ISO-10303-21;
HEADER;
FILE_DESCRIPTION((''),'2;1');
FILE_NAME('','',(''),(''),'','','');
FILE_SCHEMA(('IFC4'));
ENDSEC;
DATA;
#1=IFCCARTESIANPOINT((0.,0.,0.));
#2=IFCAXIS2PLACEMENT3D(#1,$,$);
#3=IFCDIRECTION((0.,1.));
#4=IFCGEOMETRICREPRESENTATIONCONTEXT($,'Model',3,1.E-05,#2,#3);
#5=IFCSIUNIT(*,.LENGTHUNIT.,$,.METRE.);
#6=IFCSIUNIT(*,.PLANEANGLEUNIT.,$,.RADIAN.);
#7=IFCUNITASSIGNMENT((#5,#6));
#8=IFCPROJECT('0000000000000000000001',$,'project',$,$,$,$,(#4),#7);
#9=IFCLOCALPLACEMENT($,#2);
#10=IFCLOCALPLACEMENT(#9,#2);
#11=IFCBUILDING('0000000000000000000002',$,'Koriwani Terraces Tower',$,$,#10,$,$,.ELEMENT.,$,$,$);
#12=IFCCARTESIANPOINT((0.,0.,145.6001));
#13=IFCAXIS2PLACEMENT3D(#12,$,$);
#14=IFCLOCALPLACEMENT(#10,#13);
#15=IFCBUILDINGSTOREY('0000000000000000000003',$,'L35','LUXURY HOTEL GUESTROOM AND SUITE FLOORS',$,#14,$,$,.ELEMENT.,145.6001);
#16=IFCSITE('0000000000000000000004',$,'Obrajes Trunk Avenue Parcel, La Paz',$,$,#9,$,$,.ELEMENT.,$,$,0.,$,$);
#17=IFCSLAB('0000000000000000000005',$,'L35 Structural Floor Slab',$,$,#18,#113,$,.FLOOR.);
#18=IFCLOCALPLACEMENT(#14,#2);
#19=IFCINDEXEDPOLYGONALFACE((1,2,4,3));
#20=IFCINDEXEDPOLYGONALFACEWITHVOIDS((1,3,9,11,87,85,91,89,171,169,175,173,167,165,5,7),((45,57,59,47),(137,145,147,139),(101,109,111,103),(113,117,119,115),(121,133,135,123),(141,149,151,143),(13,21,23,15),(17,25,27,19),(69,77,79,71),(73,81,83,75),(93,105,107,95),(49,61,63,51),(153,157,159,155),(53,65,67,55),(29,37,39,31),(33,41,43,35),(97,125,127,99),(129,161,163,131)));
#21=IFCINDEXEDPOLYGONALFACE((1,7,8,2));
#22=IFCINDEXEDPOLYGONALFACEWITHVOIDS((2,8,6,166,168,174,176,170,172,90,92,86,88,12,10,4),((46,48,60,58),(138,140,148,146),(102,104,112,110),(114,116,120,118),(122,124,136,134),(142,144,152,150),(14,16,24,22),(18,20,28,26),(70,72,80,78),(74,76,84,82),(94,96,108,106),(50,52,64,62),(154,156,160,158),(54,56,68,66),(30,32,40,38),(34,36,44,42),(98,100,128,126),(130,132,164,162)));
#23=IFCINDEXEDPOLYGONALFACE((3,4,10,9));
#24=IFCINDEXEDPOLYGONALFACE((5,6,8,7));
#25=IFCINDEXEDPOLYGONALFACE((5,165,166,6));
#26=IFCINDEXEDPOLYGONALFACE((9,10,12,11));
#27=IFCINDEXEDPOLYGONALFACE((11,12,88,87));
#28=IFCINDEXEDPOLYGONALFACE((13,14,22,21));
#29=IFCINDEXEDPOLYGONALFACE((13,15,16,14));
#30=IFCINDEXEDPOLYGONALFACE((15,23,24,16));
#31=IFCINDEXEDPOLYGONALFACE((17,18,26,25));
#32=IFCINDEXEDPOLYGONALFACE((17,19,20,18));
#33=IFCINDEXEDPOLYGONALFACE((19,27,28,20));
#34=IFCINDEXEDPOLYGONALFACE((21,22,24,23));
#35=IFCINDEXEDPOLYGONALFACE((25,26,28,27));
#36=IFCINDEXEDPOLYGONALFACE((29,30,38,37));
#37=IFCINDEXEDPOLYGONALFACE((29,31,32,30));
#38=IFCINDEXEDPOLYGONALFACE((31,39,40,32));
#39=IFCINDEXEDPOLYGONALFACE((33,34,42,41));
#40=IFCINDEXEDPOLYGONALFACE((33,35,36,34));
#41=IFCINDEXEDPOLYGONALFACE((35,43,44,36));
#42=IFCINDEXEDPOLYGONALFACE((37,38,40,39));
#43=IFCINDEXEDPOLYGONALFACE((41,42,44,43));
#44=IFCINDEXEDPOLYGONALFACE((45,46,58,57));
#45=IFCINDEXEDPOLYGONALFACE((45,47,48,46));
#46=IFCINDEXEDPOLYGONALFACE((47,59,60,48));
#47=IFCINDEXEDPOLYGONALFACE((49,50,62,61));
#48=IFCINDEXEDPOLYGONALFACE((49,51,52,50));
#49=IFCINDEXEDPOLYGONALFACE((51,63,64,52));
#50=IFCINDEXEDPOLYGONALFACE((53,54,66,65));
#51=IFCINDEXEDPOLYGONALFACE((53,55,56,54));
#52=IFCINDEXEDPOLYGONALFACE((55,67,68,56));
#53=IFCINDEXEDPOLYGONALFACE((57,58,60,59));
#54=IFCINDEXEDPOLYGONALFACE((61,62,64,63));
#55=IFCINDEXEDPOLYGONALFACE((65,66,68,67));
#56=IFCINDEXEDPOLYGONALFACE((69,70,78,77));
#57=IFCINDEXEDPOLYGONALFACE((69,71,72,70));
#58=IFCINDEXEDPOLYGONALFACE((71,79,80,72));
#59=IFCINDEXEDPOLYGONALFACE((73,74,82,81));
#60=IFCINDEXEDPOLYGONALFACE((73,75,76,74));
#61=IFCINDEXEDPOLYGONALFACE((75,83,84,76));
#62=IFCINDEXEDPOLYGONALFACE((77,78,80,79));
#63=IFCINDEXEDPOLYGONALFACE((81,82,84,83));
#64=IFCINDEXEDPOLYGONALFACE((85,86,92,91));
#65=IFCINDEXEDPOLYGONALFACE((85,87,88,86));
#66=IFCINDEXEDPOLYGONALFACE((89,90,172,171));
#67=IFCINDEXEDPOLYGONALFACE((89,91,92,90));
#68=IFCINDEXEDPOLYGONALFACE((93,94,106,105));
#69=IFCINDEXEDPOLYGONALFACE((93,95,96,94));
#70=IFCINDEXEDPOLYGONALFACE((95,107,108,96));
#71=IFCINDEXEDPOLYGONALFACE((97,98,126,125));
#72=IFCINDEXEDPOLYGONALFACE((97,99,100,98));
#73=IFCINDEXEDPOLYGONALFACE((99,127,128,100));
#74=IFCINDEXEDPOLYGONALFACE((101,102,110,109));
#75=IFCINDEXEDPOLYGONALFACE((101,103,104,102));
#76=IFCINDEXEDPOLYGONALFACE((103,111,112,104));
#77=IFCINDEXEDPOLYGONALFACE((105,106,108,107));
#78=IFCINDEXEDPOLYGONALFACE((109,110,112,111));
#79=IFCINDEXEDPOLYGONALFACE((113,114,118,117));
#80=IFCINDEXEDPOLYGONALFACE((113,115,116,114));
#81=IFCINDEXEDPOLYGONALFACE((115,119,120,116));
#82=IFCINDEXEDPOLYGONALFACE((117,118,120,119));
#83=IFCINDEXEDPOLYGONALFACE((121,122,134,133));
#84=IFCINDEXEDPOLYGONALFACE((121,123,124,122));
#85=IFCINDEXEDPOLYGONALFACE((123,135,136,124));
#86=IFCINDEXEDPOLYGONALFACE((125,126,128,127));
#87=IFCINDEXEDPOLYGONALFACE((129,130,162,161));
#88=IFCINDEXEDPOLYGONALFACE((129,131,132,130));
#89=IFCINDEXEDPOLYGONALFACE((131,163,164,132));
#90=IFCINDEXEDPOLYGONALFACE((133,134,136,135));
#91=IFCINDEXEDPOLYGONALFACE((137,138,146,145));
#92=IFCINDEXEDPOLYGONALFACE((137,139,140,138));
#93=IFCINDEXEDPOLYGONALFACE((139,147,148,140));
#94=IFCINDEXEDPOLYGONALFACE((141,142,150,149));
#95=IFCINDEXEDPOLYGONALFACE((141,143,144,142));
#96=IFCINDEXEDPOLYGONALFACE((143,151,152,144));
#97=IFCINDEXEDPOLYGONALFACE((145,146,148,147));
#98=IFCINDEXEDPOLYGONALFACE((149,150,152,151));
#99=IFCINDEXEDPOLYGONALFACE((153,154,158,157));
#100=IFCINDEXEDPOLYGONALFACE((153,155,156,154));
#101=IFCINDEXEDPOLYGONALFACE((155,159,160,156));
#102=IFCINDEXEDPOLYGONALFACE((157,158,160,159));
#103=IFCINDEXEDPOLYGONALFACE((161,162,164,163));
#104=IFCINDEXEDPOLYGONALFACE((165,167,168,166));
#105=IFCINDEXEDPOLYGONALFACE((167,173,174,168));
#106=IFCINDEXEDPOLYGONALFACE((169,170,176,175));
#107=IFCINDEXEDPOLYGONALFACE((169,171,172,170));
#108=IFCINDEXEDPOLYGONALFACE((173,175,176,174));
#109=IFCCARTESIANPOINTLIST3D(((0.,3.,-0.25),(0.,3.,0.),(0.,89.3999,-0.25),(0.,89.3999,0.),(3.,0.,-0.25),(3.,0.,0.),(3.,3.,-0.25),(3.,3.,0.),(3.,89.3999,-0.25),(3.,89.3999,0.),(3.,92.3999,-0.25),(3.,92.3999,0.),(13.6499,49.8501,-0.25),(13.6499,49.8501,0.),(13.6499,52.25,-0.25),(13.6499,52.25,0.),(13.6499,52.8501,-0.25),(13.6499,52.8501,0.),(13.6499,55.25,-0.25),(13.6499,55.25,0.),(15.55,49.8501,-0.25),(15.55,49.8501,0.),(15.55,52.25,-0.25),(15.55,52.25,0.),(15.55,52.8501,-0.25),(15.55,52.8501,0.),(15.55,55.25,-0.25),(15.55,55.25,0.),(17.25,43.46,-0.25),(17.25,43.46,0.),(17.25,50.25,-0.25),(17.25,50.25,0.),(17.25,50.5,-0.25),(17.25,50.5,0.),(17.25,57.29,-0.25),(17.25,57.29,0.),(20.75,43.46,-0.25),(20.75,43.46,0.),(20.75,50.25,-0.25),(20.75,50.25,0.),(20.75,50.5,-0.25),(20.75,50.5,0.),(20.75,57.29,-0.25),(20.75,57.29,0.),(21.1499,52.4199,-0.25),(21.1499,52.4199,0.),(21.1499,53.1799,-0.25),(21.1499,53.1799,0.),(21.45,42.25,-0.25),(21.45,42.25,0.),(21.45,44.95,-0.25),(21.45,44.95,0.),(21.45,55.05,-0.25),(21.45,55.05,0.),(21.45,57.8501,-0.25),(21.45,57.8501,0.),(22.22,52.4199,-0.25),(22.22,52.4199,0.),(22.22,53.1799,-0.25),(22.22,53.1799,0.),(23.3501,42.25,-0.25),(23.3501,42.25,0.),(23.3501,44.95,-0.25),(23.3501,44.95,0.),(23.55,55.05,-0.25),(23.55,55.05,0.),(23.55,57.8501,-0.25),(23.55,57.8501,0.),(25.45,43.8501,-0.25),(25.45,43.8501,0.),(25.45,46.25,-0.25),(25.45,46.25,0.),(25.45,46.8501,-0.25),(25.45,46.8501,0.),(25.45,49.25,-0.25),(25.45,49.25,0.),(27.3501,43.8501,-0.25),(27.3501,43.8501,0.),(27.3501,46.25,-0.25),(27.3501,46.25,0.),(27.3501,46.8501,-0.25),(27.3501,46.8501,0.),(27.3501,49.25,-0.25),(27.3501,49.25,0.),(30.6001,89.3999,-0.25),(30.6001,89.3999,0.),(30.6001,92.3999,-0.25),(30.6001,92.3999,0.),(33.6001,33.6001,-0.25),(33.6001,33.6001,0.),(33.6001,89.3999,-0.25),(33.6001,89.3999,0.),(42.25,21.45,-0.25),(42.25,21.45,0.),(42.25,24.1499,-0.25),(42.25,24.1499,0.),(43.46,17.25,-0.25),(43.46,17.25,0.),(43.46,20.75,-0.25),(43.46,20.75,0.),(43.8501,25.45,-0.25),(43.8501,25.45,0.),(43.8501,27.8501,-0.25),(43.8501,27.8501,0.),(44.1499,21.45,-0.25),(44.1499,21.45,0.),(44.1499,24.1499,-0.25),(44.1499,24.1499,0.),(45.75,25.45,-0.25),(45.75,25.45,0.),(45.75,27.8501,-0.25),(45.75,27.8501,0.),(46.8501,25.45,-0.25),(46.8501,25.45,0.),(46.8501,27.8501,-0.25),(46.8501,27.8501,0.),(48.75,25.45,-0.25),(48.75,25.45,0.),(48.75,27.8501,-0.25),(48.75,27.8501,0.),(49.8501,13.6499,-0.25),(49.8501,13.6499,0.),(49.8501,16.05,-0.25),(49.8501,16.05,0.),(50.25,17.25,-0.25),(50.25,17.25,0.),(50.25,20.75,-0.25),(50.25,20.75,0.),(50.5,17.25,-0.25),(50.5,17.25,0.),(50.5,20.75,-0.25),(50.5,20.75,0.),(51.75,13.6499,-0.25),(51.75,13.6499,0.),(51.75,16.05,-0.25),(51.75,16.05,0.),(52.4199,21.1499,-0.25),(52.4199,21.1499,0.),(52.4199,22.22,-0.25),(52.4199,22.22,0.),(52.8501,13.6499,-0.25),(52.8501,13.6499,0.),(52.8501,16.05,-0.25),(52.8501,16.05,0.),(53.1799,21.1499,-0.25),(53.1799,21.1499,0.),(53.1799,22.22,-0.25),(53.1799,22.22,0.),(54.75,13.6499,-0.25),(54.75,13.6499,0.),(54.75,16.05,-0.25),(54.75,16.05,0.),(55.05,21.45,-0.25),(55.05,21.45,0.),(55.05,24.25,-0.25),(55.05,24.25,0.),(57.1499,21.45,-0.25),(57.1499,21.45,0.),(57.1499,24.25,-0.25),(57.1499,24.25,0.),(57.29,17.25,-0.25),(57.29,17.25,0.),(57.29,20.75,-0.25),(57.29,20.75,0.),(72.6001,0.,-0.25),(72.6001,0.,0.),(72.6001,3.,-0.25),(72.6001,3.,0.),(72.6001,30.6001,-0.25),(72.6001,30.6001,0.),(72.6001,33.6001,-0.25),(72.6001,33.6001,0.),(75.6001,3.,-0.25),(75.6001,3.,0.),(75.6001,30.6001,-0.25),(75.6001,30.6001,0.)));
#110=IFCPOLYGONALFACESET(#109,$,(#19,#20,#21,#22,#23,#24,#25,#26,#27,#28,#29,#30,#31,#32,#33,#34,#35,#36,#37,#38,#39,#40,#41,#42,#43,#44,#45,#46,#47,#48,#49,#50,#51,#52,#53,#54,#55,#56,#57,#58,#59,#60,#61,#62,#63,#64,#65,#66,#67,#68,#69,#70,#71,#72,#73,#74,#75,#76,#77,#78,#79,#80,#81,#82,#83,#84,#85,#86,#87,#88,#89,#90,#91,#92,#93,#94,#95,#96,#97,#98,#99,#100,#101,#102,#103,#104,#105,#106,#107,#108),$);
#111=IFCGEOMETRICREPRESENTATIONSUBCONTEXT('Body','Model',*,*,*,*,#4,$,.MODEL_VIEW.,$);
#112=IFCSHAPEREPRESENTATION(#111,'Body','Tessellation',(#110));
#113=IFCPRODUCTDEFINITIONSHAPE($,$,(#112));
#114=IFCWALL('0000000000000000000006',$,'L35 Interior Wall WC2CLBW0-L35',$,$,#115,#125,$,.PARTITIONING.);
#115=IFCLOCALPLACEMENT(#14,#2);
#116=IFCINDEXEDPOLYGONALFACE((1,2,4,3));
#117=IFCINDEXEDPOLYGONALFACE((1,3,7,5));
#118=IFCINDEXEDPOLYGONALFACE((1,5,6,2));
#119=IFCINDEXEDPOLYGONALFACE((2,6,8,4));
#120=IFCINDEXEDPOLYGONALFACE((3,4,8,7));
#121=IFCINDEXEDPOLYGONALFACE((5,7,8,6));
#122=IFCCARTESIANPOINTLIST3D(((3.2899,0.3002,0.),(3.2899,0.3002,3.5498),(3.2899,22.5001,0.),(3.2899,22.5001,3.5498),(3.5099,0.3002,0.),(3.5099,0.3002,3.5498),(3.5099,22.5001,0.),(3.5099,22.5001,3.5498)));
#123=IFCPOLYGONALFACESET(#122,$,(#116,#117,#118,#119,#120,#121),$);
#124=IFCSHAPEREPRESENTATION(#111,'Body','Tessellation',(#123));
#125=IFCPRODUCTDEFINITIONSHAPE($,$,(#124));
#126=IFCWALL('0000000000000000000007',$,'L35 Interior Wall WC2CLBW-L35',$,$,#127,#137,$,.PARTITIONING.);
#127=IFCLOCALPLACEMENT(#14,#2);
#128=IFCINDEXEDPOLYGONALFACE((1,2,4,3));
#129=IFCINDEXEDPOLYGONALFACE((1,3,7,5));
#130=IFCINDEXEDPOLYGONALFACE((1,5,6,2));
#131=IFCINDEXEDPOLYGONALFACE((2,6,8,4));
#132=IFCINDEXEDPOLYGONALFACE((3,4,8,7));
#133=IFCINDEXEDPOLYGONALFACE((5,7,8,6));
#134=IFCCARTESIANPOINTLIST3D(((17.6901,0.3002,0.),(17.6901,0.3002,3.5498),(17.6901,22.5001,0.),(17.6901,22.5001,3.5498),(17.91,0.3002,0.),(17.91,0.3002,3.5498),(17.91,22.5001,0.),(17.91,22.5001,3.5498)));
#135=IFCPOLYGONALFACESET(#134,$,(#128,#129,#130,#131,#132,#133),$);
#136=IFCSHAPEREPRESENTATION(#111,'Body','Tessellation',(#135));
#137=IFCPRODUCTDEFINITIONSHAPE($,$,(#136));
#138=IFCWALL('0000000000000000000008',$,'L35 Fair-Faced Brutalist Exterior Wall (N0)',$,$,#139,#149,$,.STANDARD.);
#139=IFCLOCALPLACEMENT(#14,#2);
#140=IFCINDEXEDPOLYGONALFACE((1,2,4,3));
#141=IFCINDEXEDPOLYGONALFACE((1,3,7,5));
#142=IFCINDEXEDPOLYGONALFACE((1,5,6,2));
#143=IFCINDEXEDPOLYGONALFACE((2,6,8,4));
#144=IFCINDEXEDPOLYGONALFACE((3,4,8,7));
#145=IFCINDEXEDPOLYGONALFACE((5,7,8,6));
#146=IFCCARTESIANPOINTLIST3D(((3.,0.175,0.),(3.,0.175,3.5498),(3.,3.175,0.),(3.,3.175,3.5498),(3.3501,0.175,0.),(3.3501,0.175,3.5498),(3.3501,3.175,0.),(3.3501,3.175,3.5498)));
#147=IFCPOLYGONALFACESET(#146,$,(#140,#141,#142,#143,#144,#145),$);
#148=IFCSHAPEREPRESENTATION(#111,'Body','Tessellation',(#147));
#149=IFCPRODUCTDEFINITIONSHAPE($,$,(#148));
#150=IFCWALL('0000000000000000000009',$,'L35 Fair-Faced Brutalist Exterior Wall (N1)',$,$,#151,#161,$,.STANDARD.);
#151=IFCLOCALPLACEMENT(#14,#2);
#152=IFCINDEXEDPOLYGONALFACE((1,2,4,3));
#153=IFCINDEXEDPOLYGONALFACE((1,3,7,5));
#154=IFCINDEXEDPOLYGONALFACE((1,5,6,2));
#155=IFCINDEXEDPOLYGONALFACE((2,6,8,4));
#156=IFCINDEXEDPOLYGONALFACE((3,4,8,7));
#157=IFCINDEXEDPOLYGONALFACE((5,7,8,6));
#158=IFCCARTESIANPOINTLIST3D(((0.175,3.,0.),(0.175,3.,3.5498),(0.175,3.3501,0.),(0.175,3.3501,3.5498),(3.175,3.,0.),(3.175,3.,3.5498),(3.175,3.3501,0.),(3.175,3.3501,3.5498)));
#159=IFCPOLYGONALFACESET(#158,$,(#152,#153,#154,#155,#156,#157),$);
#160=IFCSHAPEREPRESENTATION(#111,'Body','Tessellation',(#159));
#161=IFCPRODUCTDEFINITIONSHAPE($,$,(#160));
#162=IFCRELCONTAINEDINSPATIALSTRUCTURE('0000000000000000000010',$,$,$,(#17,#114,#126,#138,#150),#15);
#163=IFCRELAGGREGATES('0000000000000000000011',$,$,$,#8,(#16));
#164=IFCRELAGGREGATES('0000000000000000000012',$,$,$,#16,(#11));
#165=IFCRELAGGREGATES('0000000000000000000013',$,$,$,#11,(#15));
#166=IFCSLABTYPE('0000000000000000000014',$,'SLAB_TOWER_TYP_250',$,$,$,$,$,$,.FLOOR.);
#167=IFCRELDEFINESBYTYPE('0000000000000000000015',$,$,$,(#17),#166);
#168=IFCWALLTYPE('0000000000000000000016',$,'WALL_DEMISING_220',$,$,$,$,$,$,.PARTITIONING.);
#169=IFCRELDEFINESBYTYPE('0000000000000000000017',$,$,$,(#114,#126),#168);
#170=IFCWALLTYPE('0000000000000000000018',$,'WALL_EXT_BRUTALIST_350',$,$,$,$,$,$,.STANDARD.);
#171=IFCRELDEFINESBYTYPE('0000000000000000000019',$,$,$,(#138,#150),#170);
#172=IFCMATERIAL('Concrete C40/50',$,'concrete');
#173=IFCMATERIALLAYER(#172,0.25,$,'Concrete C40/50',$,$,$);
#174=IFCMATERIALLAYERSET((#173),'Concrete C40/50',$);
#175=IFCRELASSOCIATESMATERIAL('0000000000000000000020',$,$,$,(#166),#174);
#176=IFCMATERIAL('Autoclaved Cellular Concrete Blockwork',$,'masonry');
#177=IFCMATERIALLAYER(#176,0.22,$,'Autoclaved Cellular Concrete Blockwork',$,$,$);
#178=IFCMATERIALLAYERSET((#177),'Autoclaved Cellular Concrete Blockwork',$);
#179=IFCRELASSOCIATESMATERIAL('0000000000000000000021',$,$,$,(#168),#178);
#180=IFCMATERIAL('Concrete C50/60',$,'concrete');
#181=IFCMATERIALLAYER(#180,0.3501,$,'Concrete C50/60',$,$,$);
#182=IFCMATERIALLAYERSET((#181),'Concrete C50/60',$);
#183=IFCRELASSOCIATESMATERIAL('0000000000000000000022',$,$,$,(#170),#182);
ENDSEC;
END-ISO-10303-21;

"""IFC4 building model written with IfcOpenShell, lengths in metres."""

from ifc_helpers import new_model, si_unit, direction, frame, frame_2d, origin, place, context, subcontext, project, spatial, polyline, rectangle, outline, extrude, material, layer, layer_set, type_object, element, save


model = new_model("IFC4")

# Units and contexts
model_context = context("Model", 3, precision=1e-05, world=origin(), true_north=direction((0.0, 1.0)))
body_context = subcontext(model_context, "Body", "Model", "MODEL_VIEW")
ifc_project = project(units=[si_unit("LENGTHUNIT", "METRE"), si_unit("PLANEANGLEUNIT", "RADIAN")], contexts=[model_context])

# Site, building, storey
site_placement = place(None, origin())
site = spatial("IfcSite", under=ifc_project, at=site_placement, Name="Obrajes Trunk Avenue Parcel, La Paz", CompositionType="ELEMENT", RefElevation=0.0)
building_placement = place(site_placement, origin())
building = spatial("IfcBuilding", under=site, at=building_placement, Name="Koriwani Terraces Tower", CompositionType="ELEMENT")
storey_placement = place(building_placement, frame((0.0, 0.0, 145.6001)))
storey = spatial("IfcBuildingStorey", under=building, at=storey_placement, Name="L35", Description="LUXURY HOTEL GUESTROOM AND SUITE FLOORS", CompositionType="ELEMENT", Elevation=145.6001)

# Shared definitions
ifc_material_1 = material(Name="Concrete C40/50", Category="concrete")
ifc_material_2 = material(Name="Concrete C50/60", Category="concrete")

# Slab
ifc_layer_1 = layer(ifc_material_1, 0.25, Name="Concrete C40/50")
ifc_layer_set_1 = layer_set([ifc_layer_1], Name="Concrete C40/50")
slab_type_1 = type_object("IfcSlabType", Name="SLAB_TOWER_TYP_250", PredefinedType="FLOOR", material=ifc_layer_set_1)
slab_1_placement = place(storey_placement, frame((0.0, 0.0, -0.25)))
element("IfcSlab", 1, at=slab_1_placement, inside=storey, type_object=slab_type_1, Name="L35 Structural Floor Slab", PredefinedType="FLOOR", context=body_context, shape_type="SweptSolid", body=[
    extrude(outline(polyline([(3.0, 0.0), (72.6001, 0.0), (72.6001, 3.0), (75.6001, 3.0), (75.6001, 30.6001), (72.6001, 30.6001), (72.6001, 33.6001), (33.6001, 33.6001), (33.6001, 89.3999), (30.6001, 89.3999), (30.6001, 92.3999), (3.0, 92.3999), (3.0, 89.3999), (0.0, 89.3999), (0.0, 3.0), (3.0, 3.0), (3.0, 0.0)]), holes=[polyline([(17.25, 43.46), (20.75, 43.46), (20.75, 50.25), (17.25, 50.25), (17.25, 43.46)]), polyline([(17.25, 50.5), (20.75, 50.5), (20.75, 57.29), (17.25, 57.29), (17.25, 50.5)]), polyline([(43.46, 17.25), (50.25, 17.25), (50.25, 20.75), (43.46, 20.75), (43.46, 17.25)]), polyline([(50.5, 17.25), (57.29, 17.25), (57.29, 20.75), (50.5, 20.75), (50.5, 17.25)]), polyline([(13.6499, 49.8501), (15.55, 49.8501), (15.55, 52.25), (13.6499, 52.25), (13.6499, 49.8501)]), polyline([(13.6499, 52.8501), (15.55, 52.8501), (15.55, 55.25), (13.6499, 55.25), (13.6499, 52.8501)]), polyline([(49.8501, 13.6499), (51.75, 13.6499), (51.75, 16.05), (49.8501, 16.05), (49.8501, 13.6499)]), polyline([(52.8501, 13.6499), (54.75, 13.6499), (54.75, 16.05), (52.8501, 16.05), (52.8501, 13.6499)]), polyline([(25.45, 43.8501), (27.3501, 43.8501), (27.3501, 46.25), (25.45, 46.25), (25.45, 43.8501)]), polyline([(25.45, 46.8501), (27.3501, 46.8501), (27.3501, 49.25), (25.45, 49.25), (25.45, 46.8501)]), polyline([(43.8501, 25.45), (45.75, 25.45), (45.75, 27.8501), (43.8501, 27.8501), (43.8501, 25.45)]), polyline([(46.8501, 25.45), (48.75, 25.45), (48.75, 27.8501), (46.8501, 27.8501), (46.8501, 25.45)]), polyline([(21.45, 55.05), (23.55, 55.05), (23.55, 57.8501), (21.45, 57.8501), (21.45, 55.05)]), polyline([(55.05, 21.45), (57.1499, 21.45), (57.1499, 24.25), (55.05, 24.25), (55.05, 21.45)]), polyline([(21.45, 42.25), (23.3501, 42.25), (23.3501, 44.95), (21.45, 44.95), (21.45, 42.25)]), polyline([(42.25, 21.45), (44.1499, 21.45), (44.1499, 24.1499), (42.25, 24.1499), (42.25, 21.45)]), polyline([(21.1499, 52.4199), (22.22, 52.4199), (22.22, 53.1799), (21.1499, 53.1799), (21.1499, 52.4199)]), polyline([(52.4199, 21.1499), (53.1799, 21.1499), (53.1799, 22.22), (52.4199, 22.22), (52.4199, 21.1499)])]), origin(), (0.0, 0.0, 1.0), 0.25),
])

# Walls
ifc_material_3 = material(Name="Autoclaved Cellular Concrete Blockwork", Category="masonry")
ifc_layer_2 = layer(ifc_material_3, 0.22, Name="Autoclaved Cellular Concrete Blockwork")
ifc_layer_set_2 = layer_set([ifc_layer_2], Name="Autoclaved Cellular Concrete Blockwork")
wall_type_1 = type_object("IfcWallType", Name="WALL_DEMISING_220", PredefinedType="PARTITIONING", material=ifc_layer_set_2)
for number, where, z_axis, x_axis, name in (
    (2, (3.3999, 0.3, 0.0), (0.0, 0.0, 1.0), (0.0, 1.0, 0.0), "L35 Interior Wall WC2CLBW0-L35"),
    (3, (17.8, 0.3, 0.0), (0.0, 0.0, 1.0), (0.0, 1.0, 0.0), "L35 Interior Wall WC2CLBW-L35"),
):
    element("IfcWall", number, at=place(storey_placement, frame(where, z_axis=z_axis, x_axis=x_axis)), inside=storey, type_object=wall_type_1, Name=name, PredefinedType="PARTITIONING", context=body_context, shape_type="SweptSolid", body=[
        extrude(rectangle(XDim=22.2, YDim=0.22, at=frame_2d((11.1001, 0.0))), origin(), (0.0, 0.0, 1.0), 3.5498),
    ])
ifc_layer_3 = layer(ifc_material_2, 0.3501, Name="Concrete C50/60")
ifc_layer_set_3 = layer_set([ifc_layer_3], Name="Concrete C50/60")
wall_type_2 = type_object("IfcWallType", Name="WALL_EXT_BRUTALIST_350", PredefinedType="STANDARD", material=ifc_layer_set_3)
for number, where, z_axis, x_axis, name in (
    (4, (3.175, 0.175, 0.0), (0.0, 0.0, 1.0), (0.0, 1.0, 0.0), "L35 Fair-Faced Brutalist Exterior Wall (N0)"),
    (5, (3.175, 3.175, 0.0), (0.0, 0.0, 1.0), (-1.0, 0.0, 0.0), "L35 Fair-Faced Brutalist Exterior Wall (N1)"),
):
    element("IfcWall", number, at=place(storey_placement, frame(where, z_axis=z_axis, x_axis=x_axis)), inside=storey, type_object=wall_type_2, Name=name, PredefinedType="STANDARD", context=body_context, shape_type="SweptSolid", body=[
        extrude(rectangle(XDim=3.0, YDim=0.3501, at=frame_2d((1.5, 0.0))), origin(), (0.0, 0.0, 1.0), 3.5498),
    ])

save(model, "model.ifc")
